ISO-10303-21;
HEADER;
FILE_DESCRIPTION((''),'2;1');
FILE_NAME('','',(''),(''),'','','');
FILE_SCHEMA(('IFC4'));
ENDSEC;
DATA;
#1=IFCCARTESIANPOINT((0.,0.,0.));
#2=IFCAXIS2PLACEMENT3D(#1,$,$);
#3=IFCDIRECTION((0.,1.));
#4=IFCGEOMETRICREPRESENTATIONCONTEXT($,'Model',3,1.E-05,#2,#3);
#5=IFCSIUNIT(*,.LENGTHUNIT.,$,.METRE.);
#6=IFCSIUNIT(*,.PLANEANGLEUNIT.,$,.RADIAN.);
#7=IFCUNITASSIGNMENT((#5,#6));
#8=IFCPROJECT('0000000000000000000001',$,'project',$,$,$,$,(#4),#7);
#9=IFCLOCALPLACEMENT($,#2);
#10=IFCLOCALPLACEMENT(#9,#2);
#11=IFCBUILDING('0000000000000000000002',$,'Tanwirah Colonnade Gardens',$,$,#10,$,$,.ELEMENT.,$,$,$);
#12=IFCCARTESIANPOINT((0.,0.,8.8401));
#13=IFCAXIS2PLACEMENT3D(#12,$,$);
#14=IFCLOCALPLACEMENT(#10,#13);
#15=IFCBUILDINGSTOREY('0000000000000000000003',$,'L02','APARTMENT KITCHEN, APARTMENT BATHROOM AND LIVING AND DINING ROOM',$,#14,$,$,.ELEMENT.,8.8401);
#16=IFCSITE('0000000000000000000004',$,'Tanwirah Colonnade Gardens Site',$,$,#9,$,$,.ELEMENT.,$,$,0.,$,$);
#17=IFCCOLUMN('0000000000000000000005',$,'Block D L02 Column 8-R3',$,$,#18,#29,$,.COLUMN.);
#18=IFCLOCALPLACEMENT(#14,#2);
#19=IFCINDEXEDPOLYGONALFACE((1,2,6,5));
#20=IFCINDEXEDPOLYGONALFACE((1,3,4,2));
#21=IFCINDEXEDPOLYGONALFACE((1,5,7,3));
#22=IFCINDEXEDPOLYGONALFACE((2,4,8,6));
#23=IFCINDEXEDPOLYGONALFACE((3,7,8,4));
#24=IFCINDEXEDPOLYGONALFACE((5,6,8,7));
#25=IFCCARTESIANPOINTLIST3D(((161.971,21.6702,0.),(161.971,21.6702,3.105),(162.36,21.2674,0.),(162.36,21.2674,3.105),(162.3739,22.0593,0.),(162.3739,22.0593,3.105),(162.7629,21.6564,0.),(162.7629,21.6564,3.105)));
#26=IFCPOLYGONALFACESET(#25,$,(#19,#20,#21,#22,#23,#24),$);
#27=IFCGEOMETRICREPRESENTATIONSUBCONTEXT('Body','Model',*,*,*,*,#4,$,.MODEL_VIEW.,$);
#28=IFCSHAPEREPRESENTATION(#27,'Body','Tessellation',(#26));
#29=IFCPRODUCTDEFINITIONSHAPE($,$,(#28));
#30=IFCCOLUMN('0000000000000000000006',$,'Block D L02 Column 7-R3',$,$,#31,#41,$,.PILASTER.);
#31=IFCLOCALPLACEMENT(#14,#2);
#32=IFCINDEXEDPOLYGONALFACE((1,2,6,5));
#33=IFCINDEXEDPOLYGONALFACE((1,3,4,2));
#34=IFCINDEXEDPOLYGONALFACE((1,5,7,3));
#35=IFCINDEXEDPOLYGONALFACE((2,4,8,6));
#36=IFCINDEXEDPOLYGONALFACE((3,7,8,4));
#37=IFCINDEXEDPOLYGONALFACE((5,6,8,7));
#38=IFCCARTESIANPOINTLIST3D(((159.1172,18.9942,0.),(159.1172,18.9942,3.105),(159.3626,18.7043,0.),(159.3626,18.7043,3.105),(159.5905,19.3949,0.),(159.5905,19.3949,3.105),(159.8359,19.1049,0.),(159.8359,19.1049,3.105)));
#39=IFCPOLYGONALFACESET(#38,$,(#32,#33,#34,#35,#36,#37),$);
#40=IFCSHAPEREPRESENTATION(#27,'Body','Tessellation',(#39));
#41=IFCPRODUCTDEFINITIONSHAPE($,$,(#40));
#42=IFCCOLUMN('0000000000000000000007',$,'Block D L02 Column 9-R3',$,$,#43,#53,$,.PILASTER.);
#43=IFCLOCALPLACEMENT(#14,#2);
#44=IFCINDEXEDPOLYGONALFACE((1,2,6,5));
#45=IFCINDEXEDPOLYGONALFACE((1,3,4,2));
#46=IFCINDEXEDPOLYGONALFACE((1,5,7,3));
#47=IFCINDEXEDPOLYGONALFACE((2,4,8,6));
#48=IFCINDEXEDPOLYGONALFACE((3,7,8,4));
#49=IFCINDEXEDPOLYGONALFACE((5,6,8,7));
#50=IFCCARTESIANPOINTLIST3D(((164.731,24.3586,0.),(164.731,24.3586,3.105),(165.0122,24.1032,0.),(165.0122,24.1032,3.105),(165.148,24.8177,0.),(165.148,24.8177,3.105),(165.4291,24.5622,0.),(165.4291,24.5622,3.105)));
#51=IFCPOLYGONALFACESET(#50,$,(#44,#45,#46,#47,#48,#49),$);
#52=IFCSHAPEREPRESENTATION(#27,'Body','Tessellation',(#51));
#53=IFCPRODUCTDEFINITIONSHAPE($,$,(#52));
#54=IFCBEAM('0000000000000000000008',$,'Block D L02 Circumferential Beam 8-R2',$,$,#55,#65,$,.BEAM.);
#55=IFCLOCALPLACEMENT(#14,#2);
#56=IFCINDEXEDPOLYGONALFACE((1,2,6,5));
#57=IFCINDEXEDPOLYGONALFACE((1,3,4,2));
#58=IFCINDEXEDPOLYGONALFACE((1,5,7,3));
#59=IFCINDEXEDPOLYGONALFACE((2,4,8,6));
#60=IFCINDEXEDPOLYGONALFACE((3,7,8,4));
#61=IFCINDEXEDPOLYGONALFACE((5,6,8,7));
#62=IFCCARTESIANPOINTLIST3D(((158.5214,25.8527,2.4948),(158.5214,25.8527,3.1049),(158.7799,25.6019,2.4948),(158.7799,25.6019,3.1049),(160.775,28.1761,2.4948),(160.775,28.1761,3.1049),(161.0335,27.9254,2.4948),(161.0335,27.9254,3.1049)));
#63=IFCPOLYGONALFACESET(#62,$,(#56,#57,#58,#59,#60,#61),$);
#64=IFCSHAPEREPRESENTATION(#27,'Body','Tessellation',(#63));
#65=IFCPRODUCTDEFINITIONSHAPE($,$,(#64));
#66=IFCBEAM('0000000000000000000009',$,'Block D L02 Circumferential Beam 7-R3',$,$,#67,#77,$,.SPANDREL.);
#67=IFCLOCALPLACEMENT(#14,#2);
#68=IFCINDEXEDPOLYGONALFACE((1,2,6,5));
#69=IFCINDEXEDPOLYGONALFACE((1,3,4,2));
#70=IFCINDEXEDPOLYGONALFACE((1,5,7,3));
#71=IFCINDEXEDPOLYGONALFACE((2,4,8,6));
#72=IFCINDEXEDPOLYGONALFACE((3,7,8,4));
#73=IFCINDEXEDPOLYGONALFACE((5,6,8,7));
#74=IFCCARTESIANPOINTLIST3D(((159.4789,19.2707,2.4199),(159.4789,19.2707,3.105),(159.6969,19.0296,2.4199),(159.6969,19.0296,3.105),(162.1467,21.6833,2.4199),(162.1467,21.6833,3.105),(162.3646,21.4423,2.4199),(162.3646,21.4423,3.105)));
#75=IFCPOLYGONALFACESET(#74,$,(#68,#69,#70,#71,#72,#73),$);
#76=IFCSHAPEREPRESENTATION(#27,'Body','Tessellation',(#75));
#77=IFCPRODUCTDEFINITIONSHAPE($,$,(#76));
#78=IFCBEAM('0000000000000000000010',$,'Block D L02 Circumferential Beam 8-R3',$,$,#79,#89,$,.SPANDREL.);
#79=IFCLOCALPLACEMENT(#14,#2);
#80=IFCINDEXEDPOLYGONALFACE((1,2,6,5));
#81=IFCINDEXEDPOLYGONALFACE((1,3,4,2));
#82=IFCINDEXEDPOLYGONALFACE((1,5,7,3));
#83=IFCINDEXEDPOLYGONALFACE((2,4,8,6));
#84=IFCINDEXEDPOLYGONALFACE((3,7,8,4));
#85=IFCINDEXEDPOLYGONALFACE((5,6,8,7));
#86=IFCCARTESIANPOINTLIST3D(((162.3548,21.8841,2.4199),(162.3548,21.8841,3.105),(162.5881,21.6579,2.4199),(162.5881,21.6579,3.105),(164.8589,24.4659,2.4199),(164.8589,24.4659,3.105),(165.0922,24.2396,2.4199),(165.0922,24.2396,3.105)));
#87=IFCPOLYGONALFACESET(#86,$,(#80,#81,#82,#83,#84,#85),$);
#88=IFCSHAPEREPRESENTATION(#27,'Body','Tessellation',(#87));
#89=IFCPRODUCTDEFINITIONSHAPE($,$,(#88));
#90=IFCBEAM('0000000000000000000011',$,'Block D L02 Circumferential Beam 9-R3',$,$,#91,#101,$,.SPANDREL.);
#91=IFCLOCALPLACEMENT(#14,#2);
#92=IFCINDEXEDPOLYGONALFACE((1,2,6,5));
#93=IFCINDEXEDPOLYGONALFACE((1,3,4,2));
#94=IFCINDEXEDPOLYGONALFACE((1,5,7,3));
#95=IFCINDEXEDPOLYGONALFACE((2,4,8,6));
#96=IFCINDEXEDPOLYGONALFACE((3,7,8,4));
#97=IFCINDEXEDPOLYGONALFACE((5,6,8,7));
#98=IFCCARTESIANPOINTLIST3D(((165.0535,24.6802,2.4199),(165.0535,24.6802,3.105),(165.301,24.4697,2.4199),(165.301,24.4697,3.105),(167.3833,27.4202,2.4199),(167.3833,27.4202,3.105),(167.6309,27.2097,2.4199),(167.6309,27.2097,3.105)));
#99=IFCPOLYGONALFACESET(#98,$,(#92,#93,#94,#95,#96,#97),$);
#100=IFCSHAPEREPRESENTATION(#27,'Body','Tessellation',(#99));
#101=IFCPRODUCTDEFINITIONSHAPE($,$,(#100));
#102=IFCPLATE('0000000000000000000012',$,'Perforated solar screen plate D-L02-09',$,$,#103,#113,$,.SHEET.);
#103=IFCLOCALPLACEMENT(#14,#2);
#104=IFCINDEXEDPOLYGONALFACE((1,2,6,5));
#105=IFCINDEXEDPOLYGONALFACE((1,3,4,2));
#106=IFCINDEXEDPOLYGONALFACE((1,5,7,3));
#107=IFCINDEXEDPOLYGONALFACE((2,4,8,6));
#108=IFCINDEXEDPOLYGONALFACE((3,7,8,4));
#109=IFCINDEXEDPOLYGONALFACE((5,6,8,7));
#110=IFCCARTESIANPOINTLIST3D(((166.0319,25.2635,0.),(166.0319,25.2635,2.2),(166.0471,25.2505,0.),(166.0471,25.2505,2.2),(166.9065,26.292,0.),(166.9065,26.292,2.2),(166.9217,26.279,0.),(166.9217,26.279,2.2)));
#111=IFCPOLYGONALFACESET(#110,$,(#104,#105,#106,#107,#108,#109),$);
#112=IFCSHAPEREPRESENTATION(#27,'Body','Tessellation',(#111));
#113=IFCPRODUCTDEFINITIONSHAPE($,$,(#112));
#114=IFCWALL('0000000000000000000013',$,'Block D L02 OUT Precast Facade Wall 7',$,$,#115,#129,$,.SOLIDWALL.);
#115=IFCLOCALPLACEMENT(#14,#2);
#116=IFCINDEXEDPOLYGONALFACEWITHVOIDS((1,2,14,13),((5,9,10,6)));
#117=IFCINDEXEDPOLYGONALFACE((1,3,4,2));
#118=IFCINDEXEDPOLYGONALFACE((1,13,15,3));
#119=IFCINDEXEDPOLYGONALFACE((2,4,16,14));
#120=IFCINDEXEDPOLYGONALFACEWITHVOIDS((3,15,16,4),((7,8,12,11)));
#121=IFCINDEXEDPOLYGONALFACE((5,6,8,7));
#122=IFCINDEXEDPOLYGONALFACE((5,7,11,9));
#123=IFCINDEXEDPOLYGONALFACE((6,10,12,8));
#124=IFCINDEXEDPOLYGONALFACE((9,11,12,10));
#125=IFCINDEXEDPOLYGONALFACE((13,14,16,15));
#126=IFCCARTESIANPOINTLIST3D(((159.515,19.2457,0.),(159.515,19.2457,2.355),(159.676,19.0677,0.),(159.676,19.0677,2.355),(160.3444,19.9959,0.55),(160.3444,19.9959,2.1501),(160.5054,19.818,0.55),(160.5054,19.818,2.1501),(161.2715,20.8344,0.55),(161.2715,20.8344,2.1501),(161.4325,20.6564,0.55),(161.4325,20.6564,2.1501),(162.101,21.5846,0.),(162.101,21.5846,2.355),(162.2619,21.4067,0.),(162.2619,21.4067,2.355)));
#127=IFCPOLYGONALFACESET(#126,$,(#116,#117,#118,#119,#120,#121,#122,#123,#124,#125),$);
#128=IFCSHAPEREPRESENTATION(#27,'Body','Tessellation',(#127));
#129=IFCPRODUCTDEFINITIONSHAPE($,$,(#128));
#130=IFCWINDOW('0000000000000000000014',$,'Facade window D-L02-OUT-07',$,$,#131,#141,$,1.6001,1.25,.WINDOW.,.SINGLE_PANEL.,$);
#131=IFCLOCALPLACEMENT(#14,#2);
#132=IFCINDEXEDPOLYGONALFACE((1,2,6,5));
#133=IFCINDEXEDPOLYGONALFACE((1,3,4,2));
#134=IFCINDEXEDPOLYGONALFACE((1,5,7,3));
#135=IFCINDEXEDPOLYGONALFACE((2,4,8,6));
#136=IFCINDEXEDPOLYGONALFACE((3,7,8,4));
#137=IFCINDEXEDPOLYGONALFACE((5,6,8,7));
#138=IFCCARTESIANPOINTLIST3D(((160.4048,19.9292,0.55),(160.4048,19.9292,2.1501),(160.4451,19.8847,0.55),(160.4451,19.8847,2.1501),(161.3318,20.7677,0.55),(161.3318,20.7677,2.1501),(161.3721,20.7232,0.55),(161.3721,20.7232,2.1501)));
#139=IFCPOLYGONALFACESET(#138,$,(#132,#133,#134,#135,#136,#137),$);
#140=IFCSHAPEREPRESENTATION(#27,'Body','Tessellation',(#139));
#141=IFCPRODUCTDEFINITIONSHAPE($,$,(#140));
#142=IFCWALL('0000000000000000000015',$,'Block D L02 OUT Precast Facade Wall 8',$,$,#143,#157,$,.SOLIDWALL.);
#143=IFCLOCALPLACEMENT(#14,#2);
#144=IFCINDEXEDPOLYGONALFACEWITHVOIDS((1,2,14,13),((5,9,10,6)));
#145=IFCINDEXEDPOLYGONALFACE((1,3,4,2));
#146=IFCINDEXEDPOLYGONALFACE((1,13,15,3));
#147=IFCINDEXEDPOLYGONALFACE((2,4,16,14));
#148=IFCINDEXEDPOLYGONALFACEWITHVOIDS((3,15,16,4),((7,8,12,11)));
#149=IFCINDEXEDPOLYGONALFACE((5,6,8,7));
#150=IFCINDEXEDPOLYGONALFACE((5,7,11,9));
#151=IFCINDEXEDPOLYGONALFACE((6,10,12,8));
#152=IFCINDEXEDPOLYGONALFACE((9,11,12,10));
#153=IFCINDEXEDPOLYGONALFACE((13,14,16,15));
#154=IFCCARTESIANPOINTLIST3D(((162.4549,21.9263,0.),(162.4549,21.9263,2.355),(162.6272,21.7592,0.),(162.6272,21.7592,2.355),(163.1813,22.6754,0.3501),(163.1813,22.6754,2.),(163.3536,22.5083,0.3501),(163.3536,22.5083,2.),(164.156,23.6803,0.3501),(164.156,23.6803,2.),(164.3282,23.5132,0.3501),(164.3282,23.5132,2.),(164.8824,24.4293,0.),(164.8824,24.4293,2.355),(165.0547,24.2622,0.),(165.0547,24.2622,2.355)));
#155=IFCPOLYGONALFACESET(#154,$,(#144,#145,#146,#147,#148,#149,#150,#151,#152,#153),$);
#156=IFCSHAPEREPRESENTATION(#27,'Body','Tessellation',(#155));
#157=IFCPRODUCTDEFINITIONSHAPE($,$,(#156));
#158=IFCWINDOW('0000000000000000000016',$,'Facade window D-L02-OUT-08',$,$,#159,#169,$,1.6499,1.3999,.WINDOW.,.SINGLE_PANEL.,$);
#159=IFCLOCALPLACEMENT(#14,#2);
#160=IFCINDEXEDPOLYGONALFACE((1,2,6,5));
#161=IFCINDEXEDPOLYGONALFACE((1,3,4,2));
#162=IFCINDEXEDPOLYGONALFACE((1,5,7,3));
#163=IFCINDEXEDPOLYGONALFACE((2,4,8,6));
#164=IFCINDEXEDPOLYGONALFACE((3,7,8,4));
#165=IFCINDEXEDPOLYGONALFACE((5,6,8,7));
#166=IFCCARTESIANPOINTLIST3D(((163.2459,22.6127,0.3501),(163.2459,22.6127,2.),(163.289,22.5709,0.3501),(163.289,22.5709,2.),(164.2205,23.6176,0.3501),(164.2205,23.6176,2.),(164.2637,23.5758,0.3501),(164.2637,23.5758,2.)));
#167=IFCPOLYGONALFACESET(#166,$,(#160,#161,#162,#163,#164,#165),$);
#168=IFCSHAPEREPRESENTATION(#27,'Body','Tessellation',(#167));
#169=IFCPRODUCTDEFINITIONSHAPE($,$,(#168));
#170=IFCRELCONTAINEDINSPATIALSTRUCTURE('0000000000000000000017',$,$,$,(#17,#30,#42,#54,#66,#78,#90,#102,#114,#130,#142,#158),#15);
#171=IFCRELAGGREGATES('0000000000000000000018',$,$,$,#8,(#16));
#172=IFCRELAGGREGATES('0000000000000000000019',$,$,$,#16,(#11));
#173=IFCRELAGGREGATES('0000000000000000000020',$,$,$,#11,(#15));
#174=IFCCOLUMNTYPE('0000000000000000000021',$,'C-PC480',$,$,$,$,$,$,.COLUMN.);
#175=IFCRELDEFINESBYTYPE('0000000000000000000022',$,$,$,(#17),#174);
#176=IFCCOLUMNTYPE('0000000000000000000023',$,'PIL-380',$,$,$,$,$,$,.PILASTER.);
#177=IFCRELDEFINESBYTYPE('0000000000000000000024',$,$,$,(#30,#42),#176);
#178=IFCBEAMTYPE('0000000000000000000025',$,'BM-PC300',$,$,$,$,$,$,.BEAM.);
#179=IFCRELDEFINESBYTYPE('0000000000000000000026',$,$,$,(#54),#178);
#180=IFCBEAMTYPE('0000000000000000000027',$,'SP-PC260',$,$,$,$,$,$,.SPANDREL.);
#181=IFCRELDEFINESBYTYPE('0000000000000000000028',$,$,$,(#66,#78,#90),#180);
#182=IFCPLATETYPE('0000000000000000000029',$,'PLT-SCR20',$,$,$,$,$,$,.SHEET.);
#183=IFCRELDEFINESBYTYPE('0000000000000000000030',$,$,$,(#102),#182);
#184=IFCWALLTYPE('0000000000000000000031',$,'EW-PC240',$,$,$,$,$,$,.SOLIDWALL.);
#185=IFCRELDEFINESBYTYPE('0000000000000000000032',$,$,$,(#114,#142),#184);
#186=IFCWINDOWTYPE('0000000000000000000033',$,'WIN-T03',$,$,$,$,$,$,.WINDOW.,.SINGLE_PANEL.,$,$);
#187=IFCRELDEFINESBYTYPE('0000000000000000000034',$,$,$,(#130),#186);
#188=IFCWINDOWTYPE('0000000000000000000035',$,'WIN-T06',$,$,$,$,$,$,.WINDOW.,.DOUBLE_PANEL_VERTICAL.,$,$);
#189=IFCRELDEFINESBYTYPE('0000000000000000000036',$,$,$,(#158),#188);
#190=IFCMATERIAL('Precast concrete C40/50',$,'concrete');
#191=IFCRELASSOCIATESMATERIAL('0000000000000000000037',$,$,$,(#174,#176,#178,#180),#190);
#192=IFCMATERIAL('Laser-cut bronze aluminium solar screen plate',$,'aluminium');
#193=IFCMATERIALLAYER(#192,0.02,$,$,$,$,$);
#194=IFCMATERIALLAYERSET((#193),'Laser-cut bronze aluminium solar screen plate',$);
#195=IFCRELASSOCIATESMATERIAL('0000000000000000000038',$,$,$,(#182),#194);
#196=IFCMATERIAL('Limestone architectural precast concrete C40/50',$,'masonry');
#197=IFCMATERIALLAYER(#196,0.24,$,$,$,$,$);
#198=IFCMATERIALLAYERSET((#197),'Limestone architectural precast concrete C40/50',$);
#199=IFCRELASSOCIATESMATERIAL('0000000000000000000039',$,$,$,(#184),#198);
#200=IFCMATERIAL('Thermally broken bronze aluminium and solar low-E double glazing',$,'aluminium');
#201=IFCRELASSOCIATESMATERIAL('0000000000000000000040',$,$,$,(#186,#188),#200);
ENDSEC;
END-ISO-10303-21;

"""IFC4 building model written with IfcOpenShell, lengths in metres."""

from ifc_helpers import new_model, si_unit, direction, frame, frame_2d, origin, origin_2d, place, context, subcontext, project, spatial, rectangle, extrude, material, layer, layer_set, material_profile, profile_set, type_object, element, fill, save


model = new_model("IFC4")

# Units and contexts
model_context = context("Model", 3, precision=1e-05, world=origin(), true_north=direction((0.0, 1.0)))
body_context = subcontext(model_context, "Body", "Model", "MODEL_VIEW")
ifc_project = project(units=[si_unit("LENGTHUNIT", "METRE"), si_unit("PLANEANGLEUNIT", "RADIAN")], contexts=[model_context])

# Site, building, storey
site_placement = place(None, origin())
site = spatial("IfcSite", under=ifc_project, at=site_placement, Name="Tanwirah Colonnade Gardens Site", CompositionType="ELEMENT", RefElevation=0.0)
building_placement = place(site_placement, origin())
building = spatial("IfcBuilding", under=site, at=building_placement, Name="Tanwirah Colonnade Gardens", CompositionType="ELEMENT")
storey_placement = place(building_placement, frame((0.0, 0.0, 8.8401)))
storey = spatial("IfcBuildingStorey", under=building, at=storey_placement, Name="L02", Description="APARTMENT KITCHEN, APARTMENT BATHROOM AND LIVING AND DINING ROOM", CompositionType="ELEMENT", Elevation=8.8401)

# Columns
ifc_material_1 = material(Name="Precast concrete C40/50", Category="concrete")
ifc_material_profile_1 = material_profile(ifc_material_1, rectangle(XDim=0.5601, YDim=0.5601, at=origin_2d()), Name="PC-COL 560x560")
ifc_profile_set_1 = profile_set([ifc_material_profile_1], Name="Precast concrete C40/50")
column_type_1 = type_object("IfcColumnType", Name="C-PC480", PredefinedType="COLUMN", material=ifc_profile_set_1)
column_placement = place(storey_placement, frame((162.3669, 21.6633, 0.0), z_axis=(0.0, 0.0, 1.0), x_axis=(0.694658, -0.71934, 0.0)))
element("IfcColumn", 1, at=column_placement, inside=storey, type_object=column_type_1, Name="Block D L02 Column 8-R3", PredefinedType="COLUMN", context=body_context, shape_type="SweptSolid", body=[
    extrude(rectangle(XDim=0.5601, YDim=0.5601, at=origin_2d()), origin(), (0.0, 0.0, 1.0), 3.105),
])
ifc_material_profile_2 = material_profile(ifc_material_1, rectangle(XDim=0.3799, YDim=0.6201, at=origin_2d()), Name="PC-PIL 380x620")
ifc_profile_set_2 = profile_set([ifc_material_profile_2], Name="Precast concrete C40/50")
column_type_2 = type_object("IfcColumnType", Name="PIL-380", PredefinedType="PILASTER", material=ifc_profile_set_2)
for number, where, z_axis, x_axis, name in (
    (2, (159.4766, 19.0496, 0.0), (0.0, 0.0, 1.0), (0.646124, -0.763232, 0.0), "Block D L02 Column 7-R3"),
    (3, (165.0801, 24.4604, 0.0), (0.0, 0.0, 1.0), (0.740218, -0.672367, 0.0), "Block D L02 Column 9-R3"),
):
    element("IfcColumn", number, at=place(storey_placement, frame(where, z_axis=z_axis, x_axis=x_axis)), inside=storey, type_object=column_type_2, Name=name, PredefinedType="PILASTER", context=body_context, shape_type="SweptSolid", body=[
        extrude(rectangle(XDim=0.3799, YDim=0.6201, at=origin_2d()), origin(), (0.0, 0.0, 1.0), 3.105),
    ])

# Beams
ifc_material_profile_3 = material_profile(ifc_material_1, rectangle(XDim=0.3601, YDim=0.6101, at=origin_2d()), Name="PC-BM 360x610")
ifc_profile_set_3 = profile_set([ifc_material_profile_3], Name="Precast concrete C40/50")
beam_type_1 = type_object("IfcBeamType", Name="BM-PC300", PredefinedType="BEAM", material=ifc_profile_set_3)
beam_1_placement = place(storey_placement, frame((158.6506, 25.7273, 2.7998), z_axis=(0.696239, 0.71781, 0.0), x_axis=(-0.71781, 0.696239, 0.0)))
element("IfcBeam", 4, at=beam_1_placement, inside=storey, type_object=beam_type_1, Name="Block D L02 Circumferential Beam 8-R2", PredefinedType="BEAM", context=body_context, shape_type="SweptSolid", body=[
    extrude(rectangle(XDim=0.3601, YDim=0.6101, at=origin_2d()), origin(), (0.0, 0.0, 1.0), 3.2368),
])
ifc_material_profile_4 = material_profile(ifc_material_1, rectangle(XDim=0.325, YDim=0.6851, at=origin_2d()), Name="PC-SP 325x685")
ifc_profile_set_4 = profile_set([ifc_material_profile_4], Name="Precast concrete C40/50")
beam_type_2 = type_object("IfcBeamType", Name="SP-PC260", PredefinedType="SPANDREL", material=ifc_profile_set_4)
beam_2_placement = place(storey_placement, frame((159.5879, 19.1501, 2.7625), z_axis=(0.741682, 0.670752, 0.0), x_axis=(-0.670752, 0.741682, 0.0)))
element("IfcBeam", 5, at=beam_2_placement, inside=storey, type_object=beam_type_2, Name="Block D L02 Circumferential Beam 7-R3", PredefinedType="SPANDREL", context=body_context, shape_type="SweptSolid", body=[
    extrude(rectangle(XDim=0.325, YDim=0.6851, at=origin_2d()), origin(), (0.0, 0.0, 1.0), 3.5969),
])
for number, where, z_axis, x_axis, name in (
    (6, (162.4714, 21.771, 2.7625), (0.696232, 0.717817, 0.0), (-0.717817, 0.696232, 0.0), "Block D L02 Circumferential Beam 8-R3"),
    (7, (165.1772, 24.575, 2.7625), (0.647784, 0.761824, 0.0), (-0.761824, 0.647784, 0.0), "Block D L02 Circumferential Beam 9-R3"),
):
    element("IfcBeam", number, at=place(storey_placement, frame(where, z_axis=z_axis, x_axis=x_axis)), inside=storey, type_object=beam_type_2, Name=name, PredefinedType="SPANDREL", context=body_context, shape_type="SweptSolid", body=[
        extrude(rectangle(XDim=0.325, YDim=0.6851, at=origin_2d()), origin(), (0.0, 0.0, 1.0), 3.5967),
    ])

# Plate
ifc_material_2 = material(Name="Laser-cut bronze aluminium solar screen plate", Category="aluminium")
ifc_layer_1 = layer(ifc_material_2, 0.02)
ifc_layer_set_1 = layer_set([ifc_layer_1], Name="Laser-cut bronze aluminium solar screen plate")
plate_type = type_object("IfcPlateType", Name="PLT-SCR20", PredefinedType="SHEET", material=ifc_layer_set_1)
plate_placement = place(storey_placement, frame((166.4768, 25.7712, 0.0), z_axis=(0.0, 0.0, 1.0), x_axis=(0.647787, 0.761821, 0.0)))
element("IfcPlate", 8, at=plate_placement, inside=storey, type_object=plate_type, Name="Perforated solar screen plate D-L02-09", PredefinedType="SHEET", context=body_context, shape_type="SweptSolid", body=[
    extrude(rectangle(XDim=1.3501, YDim=0.02, at=origin_2d()), origin(), (0.0, 0.0, 1.0), 2.2),
])

# Walls, openings, windows
ifc_material_3 = material(Name="Limestone architectural precast concrete C40/50", Category="masonry")
ifc_layer_2 = layer(ifc_material_3, 0.24)
ifc_layer_set_2 = layer_set([ifc_layer_2], Name="Limestone architectural precast concrete C40/50")
wall_type_1 = type_object("IfcWallType", Name="EW-PC240", PredefinedType="SOLIDWALL", material=ifc_layer_set_2)
wall_1_placement = place(storey_placement, frame((159.5955, 19.1567, 0.0), z_axis=(0.0, 0.0, 1.0), x_axis=(0.741649, 0.670789, 0.0)))
wall_1 = element("IfcWall", 9, at=wall_1_placement, inside=storey, type_object=wall_type_1, Name="Block D L02 OUT Precast Facade Wall 7", PredefinedType="SOLIDWALL", context=body_context, shape_type="SweptSolid", body=[
    extrude(rectangle(XDim=3.4868, YDim=0.24, at=frame_2d((1.7434, 0.0))), origin(), (0.0, 0.0, 1.0), 2.355),
])
opening_1_placement = place(wall_1_placement, frame((1.1184, 0.0, 0.55)))
opening_1 = element("IfcOpeningElement", 10, at=opening_1_placement, cuts=wall_1, PredefinedType="OPENING", context=body_context, shape_type="SweptSolid", body=[
    extrude(rectangle(XDim=1.25, YDim=1.6001, at=frame_2d((0.625, 0.8))), frame((0.0, 0.1299, 0.0), z_axis=(0.0, -1.0, 0.0), x_axis=(1.0, 0.0, 0.0)), (0.0, 0.0, 1.0), 0.26),
])
ifc_material_4 = material(Name="Thermally broken bronze aluminium and solar low-E double glazing", Category="aluminium")
window_type_1 = type_object("IfcWindowType", Name="WIN-T03", PartitioningType="SINGLE_PANEL", PredefinedType="WINDOW", material=ifc_material_4)
window_1_placement = place(opening_1_placement, origin())
window_1 = element("IfcWindow", 11, at=window_1_placement, inside=storey, type_object=window_type_1, Name="Facade window D-L02-OUT-07", OverallHeight=1.6001, OverallWidth=1.25, PartitioningType="SINGLE_PANEL", PredefinedType="WINDOW", context=body_context, shape_type="SweptSolid", body=[
    extrude(rectangle(XDim=1.25, YDim=1.6001, at=frame_2d((0.625, 0.8))), frame((0.0, 0.03, 0.0), z_axis=(0.0, -1.0, 0.0), x_axis=(1.0, 0.0, 0.0)), (0.0, 0.0, 1.0), 0.0601),
])
fill(opening_1, window_1)
wall_2_placement = place(storey_placement, frame((162.541, 21.8428, 0.0), z_axis=(0.0, 0.0, 1.0), x_axis=(0.696206, 0.717842, 0.0)))
wall_2 = element("IfcWall", 12, at=wall_2_placement, inside=storey, type_object=wall_type_1, Name="Block D L02 OUT Precast Facade Wall 8", PredefinedType="SOLIDWALL", context=body_context, shape_type="SweptSolid", body=[
    extrude(rectangle(XDim=3.4868, YDim=0.24, at=frame_2d((1.7434, 0.0))), origin(), (0.0, 0.0, 1.0), 2.355),
])
opening_2_placement = place(wall_2_placement, frame((1.0435, 0.0, 0.3501)))
opening_2 = element("IfcOpeningElement", 13, at=opening_2_placement, cuts=wall_2, PredefinedType="OPENING", context=body_context, shape_type="SweptSolid", body=[
    extrude(rectangle(XDim=1.3999, YDim=1.6499, at=frame_2d((0.7, 0.825))), frame((0.0, 0.1299, 0.0), z_axis=(0.0, -1.0, 0.0), x_axis=(1.0, 0.0, 0.0)), (0.0, 0.0, 1.0), 0.26),
])
window_type_2 = type_object("IfcWindowType", Name="WIN-T06", PartitioningType="DOUBLE_PANEL_VERTICAL", PredefinedType="WINDOW", material=ifc_material_4)
window_2_placement = place(opening_2_placement, origin())
window_2 = element("IfcWindow", 14, at=window_2_placement, inside=storey, type_object=window_type_2, Name="Facade window D-L02-OUT-08", OverallHeight=1.6499, OverallWidth=1.3999, PartitioningType="SINGLE_PANEL", PredefinedType="WINDOW", context=body_context, shape_type="SweptSolid", body=[
    extrude(rectangle(XDim=1.3999, YDim=1.6499, at=frame_2d((0.7, 0.825))), frame((0.0, 0.03, 0.0), z_axis=(0.0, -1.0, 0.0), x_axis=(1.0, 0.0, 0.0)), (0.0, 0.0, 1.0), 0.0601),
])
fill(opening_2, window_2)

save(model, "model.ifc")
